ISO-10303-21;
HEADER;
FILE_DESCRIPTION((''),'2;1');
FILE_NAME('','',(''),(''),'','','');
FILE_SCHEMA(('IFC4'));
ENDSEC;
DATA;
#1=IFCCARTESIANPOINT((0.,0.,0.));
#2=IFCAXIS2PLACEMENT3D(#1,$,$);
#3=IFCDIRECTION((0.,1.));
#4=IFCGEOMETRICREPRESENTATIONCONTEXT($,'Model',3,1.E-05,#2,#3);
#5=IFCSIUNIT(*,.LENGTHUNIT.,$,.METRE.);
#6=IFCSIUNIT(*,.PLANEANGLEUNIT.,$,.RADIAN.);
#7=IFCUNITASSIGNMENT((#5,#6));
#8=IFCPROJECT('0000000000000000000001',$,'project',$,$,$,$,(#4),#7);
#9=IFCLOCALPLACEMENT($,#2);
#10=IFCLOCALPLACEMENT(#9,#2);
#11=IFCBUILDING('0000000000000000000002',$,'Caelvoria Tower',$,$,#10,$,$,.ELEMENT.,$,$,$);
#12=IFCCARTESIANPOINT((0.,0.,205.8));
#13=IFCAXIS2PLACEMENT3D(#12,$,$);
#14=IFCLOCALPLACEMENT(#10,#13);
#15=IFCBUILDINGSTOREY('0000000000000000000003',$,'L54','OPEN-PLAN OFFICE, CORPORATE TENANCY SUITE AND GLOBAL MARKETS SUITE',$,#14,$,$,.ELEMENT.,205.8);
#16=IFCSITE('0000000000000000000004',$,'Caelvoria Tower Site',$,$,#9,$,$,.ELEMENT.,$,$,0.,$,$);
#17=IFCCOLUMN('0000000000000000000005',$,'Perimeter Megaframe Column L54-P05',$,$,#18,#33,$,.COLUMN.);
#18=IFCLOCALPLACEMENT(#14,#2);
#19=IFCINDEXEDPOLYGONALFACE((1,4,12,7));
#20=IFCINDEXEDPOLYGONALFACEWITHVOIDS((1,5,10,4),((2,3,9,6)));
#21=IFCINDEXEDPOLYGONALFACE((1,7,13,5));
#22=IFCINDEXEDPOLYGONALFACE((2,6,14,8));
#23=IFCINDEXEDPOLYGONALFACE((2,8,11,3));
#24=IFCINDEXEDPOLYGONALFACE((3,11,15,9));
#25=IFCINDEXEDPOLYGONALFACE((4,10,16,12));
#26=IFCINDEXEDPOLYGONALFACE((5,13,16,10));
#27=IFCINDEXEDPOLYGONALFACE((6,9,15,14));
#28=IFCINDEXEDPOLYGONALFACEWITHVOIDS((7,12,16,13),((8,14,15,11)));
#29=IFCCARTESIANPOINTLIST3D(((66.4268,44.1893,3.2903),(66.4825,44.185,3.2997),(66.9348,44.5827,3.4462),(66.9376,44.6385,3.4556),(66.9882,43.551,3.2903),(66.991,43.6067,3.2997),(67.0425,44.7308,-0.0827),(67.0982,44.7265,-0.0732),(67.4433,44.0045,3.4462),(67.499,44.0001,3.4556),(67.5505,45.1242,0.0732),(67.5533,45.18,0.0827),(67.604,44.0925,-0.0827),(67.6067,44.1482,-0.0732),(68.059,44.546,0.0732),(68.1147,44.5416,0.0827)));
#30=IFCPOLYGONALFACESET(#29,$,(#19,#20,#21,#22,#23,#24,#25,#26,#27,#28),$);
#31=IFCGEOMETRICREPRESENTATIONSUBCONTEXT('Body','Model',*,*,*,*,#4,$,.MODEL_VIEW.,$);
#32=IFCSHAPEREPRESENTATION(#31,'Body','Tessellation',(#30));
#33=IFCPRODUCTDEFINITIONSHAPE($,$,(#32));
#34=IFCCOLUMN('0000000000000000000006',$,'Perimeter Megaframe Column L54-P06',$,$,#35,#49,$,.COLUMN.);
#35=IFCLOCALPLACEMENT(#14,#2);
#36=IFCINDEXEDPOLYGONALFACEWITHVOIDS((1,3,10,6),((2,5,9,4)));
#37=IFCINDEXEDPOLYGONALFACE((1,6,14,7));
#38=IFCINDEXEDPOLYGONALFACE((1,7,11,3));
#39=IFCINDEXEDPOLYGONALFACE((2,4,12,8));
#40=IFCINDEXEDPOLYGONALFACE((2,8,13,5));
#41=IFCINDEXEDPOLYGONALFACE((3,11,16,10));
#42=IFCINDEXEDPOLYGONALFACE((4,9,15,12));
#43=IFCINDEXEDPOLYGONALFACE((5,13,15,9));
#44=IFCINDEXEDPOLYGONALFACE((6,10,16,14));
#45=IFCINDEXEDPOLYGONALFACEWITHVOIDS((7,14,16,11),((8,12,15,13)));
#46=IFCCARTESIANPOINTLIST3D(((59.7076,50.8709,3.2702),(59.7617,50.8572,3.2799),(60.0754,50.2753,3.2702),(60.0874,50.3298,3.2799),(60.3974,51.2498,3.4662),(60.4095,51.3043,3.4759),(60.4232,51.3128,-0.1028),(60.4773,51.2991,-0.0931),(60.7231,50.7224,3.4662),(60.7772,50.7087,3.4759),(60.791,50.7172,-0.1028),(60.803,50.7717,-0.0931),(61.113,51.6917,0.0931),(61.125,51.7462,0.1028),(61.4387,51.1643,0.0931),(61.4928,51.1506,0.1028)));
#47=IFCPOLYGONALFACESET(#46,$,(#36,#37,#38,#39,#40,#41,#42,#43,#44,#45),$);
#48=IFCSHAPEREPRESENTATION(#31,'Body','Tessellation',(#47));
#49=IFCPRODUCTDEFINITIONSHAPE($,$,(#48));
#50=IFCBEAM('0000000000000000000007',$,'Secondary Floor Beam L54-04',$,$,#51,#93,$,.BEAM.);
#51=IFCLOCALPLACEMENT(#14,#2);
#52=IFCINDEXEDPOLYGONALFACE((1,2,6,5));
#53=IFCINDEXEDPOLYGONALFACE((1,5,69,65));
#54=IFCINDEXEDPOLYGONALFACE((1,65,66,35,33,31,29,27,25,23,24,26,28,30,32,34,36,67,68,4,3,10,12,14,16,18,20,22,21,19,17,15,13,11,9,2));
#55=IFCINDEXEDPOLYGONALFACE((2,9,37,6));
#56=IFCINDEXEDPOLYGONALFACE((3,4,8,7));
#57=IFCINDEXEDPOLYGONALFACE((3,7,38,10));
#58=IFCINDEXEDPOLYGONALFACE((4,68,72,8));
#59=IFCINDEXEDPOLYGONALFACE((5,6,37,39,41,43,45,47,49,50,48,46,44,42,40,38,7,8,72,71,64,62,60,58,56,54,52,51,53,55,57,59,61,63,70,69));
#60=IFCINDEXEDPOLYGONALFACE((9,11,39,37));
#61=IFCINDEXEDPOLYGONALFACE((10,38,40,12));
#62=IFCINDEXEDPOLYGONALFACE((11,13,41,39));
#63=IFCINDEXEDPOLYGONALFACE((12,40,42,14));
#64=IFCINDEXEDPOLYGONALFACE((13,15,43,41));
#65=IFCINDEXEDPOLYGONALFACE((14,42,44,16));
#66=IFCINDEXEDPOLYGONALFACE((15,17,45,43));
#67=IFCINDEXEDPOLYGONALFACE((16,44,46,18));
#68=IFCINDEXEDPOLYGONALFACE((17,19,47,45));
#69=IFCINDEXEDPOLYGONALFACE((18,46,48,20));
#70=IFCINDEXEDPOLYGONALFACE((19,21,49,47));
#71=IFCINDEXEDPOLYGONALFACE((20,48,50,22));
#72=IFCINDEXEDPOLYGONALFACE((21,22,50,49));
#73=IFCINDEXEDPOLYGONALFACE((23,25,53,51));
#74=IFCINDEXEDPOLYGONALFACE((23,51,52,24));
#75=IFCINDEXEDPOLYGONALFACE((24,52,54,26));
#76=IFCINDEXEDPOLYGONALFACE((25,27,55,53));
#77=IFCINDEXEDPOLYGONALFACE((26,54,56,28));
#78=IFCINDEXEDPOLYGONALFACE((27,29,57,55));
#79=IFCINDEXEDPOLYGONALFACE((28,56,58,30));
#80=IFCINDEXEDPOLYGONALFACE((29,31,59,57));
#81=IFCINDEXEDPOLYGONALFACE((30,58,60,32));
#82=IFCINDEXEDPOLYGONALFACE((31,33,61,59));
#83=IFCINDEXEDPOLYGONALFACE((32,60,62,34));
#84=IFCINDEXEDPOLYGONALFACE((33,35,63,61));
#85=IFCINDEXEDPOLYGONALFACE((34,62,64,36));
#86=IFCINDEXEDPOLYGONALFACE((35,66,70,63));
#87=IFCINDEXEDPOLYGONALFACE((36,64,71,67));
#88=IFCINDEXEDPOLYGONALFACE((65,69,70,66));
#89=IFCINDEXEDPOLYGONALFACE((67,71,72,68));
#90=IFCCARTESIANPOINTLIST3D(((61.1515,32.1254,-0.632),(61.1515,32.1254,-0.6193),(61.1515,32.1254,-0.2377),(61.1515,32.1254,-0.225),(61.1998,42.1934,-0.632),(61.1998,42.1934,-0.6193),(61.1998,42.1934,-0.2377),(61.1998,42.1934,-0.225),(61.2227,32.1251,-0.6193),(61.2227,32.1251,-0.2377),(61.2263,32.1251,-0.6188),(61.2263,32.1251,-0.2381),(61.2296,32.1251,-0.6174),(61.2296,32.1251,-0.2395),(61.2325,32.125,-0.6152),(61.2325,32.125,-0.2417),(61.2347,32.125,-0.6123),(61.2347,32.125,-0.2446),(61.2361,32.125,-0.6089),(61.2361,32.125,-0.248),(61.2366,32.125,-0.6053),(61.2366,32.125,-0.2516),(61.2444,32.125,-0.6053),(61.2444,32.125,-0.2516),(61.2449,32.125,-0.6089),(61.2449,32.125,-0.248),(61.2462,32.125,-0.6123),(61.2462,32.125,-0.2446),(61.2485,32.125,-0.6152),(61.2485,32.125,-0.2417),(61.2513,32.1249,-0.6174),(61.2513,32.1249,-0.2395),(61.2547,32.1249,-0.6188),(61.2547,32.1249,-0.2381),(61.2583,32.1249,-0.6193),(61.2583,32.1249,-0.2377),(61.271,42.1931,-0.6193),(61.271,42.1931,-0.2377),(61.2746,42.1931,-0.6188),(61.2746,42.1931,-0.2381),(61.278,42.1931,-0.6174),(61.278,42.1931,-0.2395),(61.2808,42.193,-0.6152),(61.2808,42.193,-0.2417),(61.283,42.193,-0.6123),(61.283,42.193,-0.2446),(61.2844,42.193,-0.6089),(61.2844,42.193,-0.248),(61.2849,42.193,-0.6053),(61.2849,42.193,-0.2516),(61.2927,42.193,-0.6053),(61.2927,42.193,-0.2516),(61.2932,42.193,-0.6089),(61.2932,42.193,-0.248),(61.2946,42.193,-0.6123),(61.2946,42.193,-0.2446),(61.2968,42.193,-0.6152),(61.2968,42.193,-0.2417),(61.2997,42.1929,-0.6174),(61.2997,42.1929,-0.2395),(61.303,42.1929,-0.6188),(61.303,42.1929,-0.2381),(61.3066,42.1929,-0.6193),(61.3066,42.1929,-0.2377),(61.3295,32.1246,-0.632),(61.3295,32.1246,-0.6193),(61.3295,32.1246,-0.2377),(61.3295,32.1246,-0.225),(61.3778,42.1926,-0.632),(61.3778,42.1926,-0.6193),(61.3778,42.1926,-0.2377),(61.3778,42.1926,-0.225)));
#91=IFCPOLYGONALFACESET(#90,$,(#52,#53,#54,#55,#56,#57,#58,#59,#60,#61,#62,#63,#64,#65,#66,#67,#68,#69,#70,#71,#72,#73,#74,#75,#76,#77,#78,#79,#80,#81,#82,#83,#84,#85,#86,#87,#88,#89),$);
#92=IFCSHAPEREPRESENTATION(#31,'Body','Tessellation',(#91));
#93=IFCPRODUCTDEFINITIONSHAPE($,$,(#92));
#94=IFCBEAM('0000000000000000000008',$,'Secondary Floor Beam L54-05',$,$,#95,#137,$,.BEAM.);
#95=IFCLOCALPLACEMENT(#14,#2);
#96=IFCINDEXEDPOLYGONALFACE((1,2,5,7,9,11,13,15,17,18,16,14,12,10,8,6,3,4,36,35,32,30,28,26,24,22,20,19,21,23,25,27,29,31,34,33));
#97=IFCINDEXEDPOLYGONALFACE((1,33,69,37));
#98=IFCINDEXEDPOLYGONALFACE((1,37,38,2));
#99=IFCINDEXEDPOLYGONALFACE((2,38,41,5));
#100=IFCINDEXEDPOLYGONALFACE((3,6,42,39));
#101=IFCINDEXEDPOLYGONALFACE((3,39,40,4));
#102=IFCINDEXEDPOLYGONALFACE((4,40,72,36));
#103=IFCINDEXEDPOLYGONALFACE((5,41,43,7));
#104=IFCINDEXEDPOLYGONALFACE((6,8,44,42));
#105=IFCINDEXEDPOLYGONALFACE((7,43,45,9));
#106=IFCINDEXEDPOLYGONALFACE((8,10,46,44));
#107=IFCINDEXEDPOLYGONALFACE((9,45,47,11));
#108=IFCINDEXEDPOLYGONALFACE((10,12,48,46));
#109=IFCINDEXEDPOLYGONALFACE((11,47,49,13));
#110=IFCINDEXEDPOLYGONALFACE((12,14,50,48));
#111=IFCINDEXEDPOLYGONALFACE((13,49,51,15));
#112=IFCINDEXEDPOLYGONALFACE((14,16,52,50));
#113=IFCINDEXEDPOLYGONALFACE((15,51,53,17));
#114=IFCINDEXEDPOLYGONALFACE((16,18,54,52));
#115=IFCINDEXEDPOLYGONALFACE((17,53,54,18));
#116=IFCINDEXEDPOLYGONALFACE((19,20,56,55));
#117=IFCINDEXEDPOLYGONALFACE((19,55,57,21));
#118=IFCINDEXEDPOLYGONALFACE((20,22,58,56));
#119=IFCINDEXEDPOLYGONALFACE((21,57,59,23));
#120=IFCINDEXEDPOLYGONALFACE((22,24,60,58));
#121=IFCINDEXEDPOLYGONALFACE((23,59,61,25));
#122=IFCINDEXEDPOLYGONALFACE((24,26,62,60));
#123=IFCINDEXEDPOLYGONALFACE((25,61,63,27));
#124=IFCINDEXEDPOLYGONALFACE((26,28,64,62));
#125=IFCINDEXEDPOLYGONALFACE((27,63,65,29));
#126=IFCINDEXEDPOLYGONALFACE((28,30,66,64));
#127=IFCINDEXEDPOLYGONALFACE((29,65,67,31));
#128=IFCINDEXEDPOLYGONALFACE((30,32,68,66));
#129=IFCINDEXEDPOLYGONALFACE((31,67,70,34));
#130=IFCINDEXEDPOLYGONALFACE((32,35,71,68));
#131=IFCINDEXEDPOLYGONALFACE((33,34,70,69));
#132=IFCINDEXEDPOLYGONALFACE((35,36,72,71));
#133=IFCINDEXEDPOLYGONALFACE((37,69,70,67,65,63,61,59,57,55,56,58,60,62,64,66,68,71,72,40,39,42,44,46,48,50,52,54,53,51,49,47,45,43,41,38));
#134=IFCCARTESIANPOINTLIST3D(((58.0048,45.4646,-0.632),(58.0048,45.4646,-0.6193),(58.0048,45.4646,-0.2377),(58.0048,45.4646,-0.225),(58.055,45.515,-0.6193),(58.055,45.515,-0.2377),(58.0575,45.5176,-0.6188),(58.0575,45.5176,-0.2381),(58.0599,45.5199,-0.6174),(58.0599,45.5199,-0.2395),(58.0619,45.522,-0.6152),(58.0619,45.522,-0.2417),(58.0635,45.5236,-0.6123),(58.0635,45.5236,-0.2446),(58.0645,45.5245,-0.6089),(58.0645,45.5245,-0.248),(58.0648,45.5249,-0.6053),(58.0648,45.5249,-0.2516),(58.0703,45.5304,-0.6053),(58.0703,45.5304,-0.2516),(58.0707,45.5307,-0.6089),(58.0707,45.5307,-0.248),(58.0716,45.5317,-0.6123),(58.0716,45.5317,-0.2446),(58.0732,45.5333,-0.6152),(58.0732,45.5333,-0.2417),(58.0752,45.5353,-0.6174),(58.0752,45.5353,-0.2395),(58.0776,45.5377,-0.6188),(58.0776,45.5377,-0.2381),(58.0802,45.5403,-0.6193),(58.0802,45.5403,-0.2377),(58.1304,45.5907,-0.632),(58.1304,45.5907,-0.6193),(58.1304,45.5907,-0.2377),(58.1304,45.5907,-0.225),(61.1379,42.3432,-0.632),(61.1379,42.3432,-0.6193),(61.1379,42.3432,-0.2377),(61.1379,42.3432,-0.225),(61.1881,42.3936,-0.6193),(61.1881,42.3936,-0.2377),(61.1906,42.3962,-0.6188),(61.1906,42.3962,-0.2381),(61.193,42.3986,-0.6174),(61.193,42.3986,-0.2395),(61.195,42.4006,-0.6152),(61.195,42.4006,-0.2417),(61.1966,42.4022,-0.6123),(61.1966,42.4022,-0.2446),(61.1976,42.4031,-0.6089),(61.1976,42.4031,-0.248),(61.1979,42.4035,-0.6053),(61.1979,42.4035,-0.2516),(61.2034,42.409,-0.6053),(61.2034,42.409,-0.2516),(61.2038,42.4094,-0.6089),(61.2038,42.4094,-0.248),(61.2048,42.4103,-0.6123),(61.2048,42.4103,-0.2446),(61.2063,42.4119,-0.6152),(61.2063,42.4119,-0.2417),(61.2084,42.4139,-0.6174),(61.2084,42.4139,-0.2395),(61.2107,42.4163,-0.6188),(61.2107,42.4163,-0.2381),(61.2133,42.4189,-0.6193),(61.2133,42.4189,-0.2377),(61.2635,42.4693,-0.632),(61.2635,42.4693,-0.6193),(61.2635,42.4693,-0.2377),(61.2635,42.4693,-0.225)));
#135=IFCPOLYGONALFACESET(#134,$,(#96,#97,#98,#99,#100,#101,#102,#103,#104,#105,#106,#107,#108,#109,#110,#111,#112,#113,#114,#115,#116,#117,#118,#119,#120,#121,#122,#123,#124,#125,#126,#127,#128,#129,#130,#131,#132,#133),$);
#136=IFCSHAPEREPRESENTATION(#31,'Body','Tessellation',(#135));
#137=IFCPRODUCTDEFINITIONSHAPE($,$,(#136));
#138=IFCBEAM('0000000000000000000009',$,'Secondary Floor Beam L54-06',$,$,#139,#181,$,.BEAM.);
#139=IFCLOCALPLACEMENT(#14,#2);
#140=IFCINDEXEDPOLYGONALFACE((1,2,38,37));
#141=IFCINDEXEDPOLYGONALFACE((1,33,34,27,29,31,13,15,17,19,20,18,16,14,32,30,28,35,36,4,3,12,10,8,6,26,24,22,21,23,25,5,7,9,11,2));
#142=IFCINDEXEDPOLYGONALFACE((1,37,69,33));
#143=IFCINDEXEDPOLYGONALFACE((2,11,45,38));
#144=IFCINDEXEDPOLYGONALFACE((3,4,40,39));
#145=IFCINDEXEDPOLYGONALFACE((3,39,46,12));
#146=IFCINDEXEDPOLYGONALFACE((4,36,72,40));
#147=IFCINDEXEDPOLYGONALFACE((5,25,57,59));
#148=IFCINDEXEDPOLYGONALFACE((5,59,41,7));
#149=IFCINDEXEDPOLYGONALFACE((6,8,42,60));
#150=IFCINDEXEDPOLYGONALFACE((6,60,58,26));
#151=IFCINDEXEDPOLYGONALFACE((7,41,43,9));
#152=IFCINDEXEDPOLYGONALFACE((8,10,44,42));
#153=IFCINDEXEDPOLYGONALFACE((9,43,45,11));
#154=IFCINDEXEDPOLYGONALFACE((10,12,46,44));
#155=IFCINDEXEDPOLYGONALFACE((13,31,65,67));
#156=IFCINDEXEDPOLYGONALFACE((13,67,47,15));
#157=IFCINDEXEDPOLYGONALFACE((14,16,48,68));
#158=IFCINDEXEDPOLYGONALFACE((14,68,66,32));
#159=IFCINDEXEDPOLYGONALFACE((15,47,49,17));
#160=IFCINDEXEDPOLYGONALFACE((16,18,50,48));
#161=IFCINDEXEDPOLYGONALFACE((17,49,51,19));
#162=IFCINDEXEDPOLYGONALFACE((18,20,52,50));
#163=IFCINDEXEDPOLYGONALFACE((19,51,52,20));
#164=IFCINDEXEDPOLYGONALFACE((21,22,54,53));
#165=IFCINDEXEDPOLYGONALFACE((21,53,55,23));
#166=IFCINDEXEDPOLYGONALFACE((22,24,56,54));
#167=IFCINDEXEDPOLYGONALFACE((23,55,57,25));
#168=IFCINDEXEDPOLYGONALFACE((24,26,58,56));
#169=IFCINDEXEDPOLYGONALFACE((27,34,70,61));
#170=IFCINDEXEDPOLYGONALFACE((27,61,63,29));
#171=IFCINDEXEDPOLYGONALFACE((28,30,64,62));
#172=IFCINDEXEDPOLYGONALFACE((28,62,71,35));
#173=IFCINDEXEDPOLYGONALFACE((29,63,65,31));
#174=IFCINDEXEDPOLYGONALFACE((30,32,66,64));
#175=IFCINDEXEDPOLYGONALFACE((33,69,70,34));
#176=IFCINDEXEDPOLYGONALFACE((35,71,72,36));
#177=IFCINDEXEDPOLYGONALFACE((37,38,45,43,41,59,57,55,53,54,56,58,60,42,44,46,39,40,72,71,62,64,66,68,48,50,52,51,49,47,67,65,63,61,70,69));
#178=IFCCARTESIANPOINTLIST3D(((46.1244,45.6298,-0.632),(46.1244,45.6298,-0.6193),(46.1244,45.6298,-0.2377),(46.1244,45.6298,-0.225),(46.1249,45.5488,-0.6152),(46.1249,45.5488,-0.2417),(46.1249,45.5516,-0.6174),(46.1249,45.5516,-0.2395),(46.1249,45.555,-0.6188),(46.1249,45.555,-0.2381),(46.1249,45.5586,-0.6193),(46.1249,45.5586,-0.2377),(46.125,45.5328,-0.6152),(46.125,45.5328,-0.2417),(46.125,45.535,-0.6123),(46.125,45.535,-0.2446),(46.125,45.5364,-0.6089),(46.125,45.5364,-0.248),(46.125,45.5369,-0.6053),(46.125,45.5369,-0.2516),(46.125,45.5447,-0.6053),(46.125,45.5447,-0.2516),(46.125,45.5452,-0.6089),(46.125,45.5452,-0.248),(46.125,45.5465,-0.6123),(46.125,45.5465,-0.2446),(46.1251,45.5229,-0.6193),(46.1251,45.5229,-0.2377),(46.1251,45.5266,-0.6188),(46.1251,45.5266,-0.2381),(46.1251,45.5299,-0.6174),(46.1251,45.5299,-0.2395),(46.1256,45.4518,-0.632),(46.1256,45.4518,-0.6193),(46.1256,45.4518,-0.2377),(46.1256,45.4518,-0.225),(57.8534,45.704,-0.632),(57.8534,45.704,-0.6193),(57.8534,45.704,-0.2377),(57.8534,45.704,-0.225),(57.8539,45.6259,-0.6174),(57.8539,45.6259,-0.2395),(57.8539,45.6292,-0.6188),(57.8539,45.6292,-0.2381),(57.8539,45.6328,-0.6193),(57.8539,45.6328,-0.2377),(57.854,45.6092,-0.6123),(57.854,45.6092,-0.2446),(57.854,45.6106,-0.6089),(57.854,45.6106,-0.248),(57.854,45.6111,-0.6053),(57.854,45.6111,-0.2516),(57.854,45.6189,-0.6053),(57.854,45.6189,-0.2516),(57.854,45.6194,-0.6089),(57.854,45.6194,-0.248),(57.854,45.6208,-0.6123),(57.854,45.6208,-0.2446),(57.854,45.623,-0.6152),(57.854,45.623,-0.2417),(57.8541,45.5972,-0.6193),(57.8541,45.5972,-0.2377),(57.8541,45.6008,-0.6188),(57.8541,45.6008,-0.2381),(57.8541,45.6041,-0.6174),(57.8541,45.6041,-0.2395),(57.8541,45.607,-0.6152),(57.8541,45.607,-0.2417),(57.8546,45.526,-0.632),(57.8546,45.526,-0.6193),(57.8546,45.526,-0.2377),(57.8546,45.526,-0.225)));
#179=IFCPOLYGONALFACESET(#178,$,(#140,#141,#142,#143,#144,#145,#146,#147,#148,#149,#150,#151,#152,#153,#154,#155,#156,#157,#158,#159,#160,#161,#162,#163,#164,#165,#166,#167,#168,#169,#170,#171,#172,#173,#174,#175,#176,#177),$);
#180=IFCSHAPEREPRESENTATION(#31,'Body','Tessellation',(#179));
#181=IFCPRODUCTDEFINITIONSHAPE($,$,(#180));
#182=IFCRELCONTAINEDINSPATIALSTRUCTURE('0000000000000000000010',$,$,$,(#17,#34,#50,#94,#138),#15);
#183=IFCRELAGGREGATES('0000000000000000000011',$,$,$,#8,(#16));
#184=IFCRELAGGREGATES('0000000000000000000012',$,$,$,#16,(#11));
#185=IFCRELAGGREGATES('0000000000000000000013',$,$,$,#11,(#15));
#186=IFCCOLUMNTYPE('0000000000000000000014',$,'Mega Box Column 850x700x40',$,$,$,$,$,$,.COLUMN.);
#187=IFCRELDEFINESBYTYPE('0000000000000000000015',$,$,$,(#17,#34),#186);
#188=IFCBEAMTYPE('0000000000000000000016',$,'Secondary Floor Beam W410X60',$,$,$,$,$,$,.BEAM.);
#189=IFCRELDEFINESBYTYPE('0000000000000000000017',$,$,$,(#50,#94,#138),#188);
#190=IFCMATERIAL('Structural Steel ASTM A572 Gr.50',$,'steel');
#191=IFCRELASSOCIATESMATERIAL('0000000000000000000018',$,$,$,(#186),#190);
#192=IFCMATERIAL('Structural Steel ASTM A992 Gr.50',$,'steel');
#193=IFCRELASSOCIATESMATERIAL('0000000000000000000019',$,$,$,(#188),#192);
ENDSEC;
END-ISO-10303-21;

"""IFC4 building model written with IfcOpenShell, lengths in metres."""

from ifc_helpers import new_model, si_unit, direction, frame, origin, origin_2d, place, context, subcontext, project, spatial, hollow_rectangle, i_section, extrude, material, material_profile, profile_set, type_object, element, save


model = new_model("IFC4")

# Units and contexts
model_context = context("Model", 3, precision=1e-05, world=origin(), true_north=direction((0.0, 1.0)))
body_context = subcontext(model_context, "Body", "Model", "MODEL_VIEW")
ifc_project = project(units=[si_unit("LENGTHUNIT", "METRE"), si_unit("PLANEANGLEUNIT", "RADIAN")], contexts=[model_context])

# Site, building, storey
site_placement = place(None, origin())
site = spatial("IfcSite", under=ifc_project, at=site_placement, Name="Caelvoria Tower Site", CompositionType="ELEMENT", RefElevation=0.0)
building_placement = place(site_placement, origin())
building = spatial("IfcBuilding", under=site, at=building_placement, Name="Caelvoria Tower", CompositionType="ELEMENT")
storey_placement = place(building_placement, frame((0.0, 0.0, 205.8)))
storey = spatial("IfcBuildingStorey", under=building, at=storey_placement, Name="L54", Description="OPEN-PLAN OFFICE, CORPORATE TENANCY SUITE AND GLOBAL MARKETS SUITE", CompositionType="ELEMENT", Elevation=205.8)

# Columns
ifc_material_1 = material(Name="Structural Steel ASTM A572 Gr.50", Category="steel")
ifc_material_profile_1 = material_profile(ifc_material_1, hollow_rectangle(XDim=0.7, YDim=0.8501, WallThickness=0.04, at=origin_2d()), Name="Structural Steel ASTM A572 Gr.50")
ifc_profile_set_1 = profile_set([ifc_material_profile_1], Name="BOX850X700X40 - Structural Steel ASTM A572 Gr.50")
column_type = type_object("IfcColumnType", Name="Mega Box Column 850x700x40", PredefinedType="COLUMN", material=ifc_profile_set_1)
column_1_placement = place(storey_placement, frame((67.5786, 44.6362, 0.0), z_axis=(-0.177376, -0.155995, 0.971701), x_axis=(0.729664, 0.641711, 0.236214)))
element("IfcColumn", 1, at=column_1_placement, inside=storey, type_object=column_type, Name="Perimeter Megaframe Column L54-P05", PredefinedType="COLUMN", context=body_context, shape_type="SweptSolid", body=[
    extrude(hollow_rectangle(XDim=0.7, YDim=0.8501, WallThickness=0.04, at=origin_2d()), origin(), (0.0, 0.0, 1.0), 3.4712),
])
column_2_placement = place(storey_placement, frame((60.958, 51.2317, 0.0), z_axis=(-0.205843, -0.127116, 0.970294), x_axis=(0.525425, -0.85084, 0.0)))
element("IfcColumn", 2, at=column_2_placement, inside=storey, type_object=column_type, Name="Perimeter Megaframe Column L54-P06", PredefinedType="COLUMN", context=body_context, shape_type="SweptSolid", body=[
    extrude(hollow_rectangle(XDim=0.7, YDim=0.8501, WallThickness=0.04, at=origin_2d()), origin(), (0.0, 0.0, 1.0), 3.4763),
])

# Beams
ifc_material_2 = material(Name="Structural Steel ASTM A992 Gr.50", Category="steel")
ifc_material_profile_2 = material_profile(ifc_material_2, i_section(OverallWidth=0.178, OverallDepth=0.407, WebThickness=0.0078, FlangeThickness=0.0127, FilletRadius=0.0139, at=origin_2d()), Name="Structural Steel ASTM A992 Gr.50")
ifc_profile_set_2 = profile_set([ifc_material_profile_2], Name="W410X60 - Structural Steel ASTM A992 Gr.50")
beam_type_1 = type_object("IfcBeamType", Name="Secondary Floor Beam W410X60", PredefinedType="BEAM", material=ifc_profile_set_2)
beam_1_placement = place(storey_placement, frame((61.2405, 32.125, -0.4285), z_axis=(0.004801, 0.999988, 0.0), x_axis=(-0.999988, 0.004801, 0.0)))
element("IfcBeam", 3, at=beam_1_placement, inside=storey, type_object=beam_type_1, Name="Secondary Floor Beam L54-04", PredefinedType="BEAM", context=body_context, shape_type="SweptSolid", body=[
    extrude(i_section(OverallWidth=0.178, OverallDepth=0.407, WebThickness=0.0078, FlangeThickness=0.0127, FilletRadius=0.0139, at=origin_2d()), origin(), (0.0, 0.0, 1.0), 10.0681),
])
beam_2_placement = place(storey_placement, frame((61.2007, 42.4062, -0.4285), z_axis=(-0.70843, 0.705781, 0.0), x_axis=(-0.705781, -0.70843, 0.0)))
element("IfcBeam", 4, at=beam_2_placement, inside=storey, type_object=beam_type_1, Name="Secondary Floor Beam L54-05", PredefinedType="BEAM", context=body_context, shape_type="SweptSolid", body=[
    extrude(i_section(OverallWidth=0.178, OverallDepth=0.407, WebThickness=0.0078, FlangeThickness=0.0127, FilletRadius=0.0139, at=origin_2d()), origin(), (0.0, 0.0, 1.0), 4.4226),
])
beam_3_placement = place(storey_placement, frame((57.854, 45.615, -0.4285), z_axis=(-0.99998, -0.006328, 0.0), x_axis=(0.006328, -0.99998, 0.0)))
element("IfcBeam", 5, at=beam_3_placement, inside=storey, type_object=beam_type_1, Name="Secondary Floor Beam L54-06", PredefinedType="BEAM", context=body_context, shape_type="SweptSolid", body=[
    extrude(i_section(OverallWidth=0.178, OverallDepth=0.407, WebThickness=0.0078, FlangeThickness=0.0127, FilletRadius=0.0139, at=origin_2d()), origin(), (0.0, 0.0, 1.0), 11.7292),
])

save(model, "model.ifc")
